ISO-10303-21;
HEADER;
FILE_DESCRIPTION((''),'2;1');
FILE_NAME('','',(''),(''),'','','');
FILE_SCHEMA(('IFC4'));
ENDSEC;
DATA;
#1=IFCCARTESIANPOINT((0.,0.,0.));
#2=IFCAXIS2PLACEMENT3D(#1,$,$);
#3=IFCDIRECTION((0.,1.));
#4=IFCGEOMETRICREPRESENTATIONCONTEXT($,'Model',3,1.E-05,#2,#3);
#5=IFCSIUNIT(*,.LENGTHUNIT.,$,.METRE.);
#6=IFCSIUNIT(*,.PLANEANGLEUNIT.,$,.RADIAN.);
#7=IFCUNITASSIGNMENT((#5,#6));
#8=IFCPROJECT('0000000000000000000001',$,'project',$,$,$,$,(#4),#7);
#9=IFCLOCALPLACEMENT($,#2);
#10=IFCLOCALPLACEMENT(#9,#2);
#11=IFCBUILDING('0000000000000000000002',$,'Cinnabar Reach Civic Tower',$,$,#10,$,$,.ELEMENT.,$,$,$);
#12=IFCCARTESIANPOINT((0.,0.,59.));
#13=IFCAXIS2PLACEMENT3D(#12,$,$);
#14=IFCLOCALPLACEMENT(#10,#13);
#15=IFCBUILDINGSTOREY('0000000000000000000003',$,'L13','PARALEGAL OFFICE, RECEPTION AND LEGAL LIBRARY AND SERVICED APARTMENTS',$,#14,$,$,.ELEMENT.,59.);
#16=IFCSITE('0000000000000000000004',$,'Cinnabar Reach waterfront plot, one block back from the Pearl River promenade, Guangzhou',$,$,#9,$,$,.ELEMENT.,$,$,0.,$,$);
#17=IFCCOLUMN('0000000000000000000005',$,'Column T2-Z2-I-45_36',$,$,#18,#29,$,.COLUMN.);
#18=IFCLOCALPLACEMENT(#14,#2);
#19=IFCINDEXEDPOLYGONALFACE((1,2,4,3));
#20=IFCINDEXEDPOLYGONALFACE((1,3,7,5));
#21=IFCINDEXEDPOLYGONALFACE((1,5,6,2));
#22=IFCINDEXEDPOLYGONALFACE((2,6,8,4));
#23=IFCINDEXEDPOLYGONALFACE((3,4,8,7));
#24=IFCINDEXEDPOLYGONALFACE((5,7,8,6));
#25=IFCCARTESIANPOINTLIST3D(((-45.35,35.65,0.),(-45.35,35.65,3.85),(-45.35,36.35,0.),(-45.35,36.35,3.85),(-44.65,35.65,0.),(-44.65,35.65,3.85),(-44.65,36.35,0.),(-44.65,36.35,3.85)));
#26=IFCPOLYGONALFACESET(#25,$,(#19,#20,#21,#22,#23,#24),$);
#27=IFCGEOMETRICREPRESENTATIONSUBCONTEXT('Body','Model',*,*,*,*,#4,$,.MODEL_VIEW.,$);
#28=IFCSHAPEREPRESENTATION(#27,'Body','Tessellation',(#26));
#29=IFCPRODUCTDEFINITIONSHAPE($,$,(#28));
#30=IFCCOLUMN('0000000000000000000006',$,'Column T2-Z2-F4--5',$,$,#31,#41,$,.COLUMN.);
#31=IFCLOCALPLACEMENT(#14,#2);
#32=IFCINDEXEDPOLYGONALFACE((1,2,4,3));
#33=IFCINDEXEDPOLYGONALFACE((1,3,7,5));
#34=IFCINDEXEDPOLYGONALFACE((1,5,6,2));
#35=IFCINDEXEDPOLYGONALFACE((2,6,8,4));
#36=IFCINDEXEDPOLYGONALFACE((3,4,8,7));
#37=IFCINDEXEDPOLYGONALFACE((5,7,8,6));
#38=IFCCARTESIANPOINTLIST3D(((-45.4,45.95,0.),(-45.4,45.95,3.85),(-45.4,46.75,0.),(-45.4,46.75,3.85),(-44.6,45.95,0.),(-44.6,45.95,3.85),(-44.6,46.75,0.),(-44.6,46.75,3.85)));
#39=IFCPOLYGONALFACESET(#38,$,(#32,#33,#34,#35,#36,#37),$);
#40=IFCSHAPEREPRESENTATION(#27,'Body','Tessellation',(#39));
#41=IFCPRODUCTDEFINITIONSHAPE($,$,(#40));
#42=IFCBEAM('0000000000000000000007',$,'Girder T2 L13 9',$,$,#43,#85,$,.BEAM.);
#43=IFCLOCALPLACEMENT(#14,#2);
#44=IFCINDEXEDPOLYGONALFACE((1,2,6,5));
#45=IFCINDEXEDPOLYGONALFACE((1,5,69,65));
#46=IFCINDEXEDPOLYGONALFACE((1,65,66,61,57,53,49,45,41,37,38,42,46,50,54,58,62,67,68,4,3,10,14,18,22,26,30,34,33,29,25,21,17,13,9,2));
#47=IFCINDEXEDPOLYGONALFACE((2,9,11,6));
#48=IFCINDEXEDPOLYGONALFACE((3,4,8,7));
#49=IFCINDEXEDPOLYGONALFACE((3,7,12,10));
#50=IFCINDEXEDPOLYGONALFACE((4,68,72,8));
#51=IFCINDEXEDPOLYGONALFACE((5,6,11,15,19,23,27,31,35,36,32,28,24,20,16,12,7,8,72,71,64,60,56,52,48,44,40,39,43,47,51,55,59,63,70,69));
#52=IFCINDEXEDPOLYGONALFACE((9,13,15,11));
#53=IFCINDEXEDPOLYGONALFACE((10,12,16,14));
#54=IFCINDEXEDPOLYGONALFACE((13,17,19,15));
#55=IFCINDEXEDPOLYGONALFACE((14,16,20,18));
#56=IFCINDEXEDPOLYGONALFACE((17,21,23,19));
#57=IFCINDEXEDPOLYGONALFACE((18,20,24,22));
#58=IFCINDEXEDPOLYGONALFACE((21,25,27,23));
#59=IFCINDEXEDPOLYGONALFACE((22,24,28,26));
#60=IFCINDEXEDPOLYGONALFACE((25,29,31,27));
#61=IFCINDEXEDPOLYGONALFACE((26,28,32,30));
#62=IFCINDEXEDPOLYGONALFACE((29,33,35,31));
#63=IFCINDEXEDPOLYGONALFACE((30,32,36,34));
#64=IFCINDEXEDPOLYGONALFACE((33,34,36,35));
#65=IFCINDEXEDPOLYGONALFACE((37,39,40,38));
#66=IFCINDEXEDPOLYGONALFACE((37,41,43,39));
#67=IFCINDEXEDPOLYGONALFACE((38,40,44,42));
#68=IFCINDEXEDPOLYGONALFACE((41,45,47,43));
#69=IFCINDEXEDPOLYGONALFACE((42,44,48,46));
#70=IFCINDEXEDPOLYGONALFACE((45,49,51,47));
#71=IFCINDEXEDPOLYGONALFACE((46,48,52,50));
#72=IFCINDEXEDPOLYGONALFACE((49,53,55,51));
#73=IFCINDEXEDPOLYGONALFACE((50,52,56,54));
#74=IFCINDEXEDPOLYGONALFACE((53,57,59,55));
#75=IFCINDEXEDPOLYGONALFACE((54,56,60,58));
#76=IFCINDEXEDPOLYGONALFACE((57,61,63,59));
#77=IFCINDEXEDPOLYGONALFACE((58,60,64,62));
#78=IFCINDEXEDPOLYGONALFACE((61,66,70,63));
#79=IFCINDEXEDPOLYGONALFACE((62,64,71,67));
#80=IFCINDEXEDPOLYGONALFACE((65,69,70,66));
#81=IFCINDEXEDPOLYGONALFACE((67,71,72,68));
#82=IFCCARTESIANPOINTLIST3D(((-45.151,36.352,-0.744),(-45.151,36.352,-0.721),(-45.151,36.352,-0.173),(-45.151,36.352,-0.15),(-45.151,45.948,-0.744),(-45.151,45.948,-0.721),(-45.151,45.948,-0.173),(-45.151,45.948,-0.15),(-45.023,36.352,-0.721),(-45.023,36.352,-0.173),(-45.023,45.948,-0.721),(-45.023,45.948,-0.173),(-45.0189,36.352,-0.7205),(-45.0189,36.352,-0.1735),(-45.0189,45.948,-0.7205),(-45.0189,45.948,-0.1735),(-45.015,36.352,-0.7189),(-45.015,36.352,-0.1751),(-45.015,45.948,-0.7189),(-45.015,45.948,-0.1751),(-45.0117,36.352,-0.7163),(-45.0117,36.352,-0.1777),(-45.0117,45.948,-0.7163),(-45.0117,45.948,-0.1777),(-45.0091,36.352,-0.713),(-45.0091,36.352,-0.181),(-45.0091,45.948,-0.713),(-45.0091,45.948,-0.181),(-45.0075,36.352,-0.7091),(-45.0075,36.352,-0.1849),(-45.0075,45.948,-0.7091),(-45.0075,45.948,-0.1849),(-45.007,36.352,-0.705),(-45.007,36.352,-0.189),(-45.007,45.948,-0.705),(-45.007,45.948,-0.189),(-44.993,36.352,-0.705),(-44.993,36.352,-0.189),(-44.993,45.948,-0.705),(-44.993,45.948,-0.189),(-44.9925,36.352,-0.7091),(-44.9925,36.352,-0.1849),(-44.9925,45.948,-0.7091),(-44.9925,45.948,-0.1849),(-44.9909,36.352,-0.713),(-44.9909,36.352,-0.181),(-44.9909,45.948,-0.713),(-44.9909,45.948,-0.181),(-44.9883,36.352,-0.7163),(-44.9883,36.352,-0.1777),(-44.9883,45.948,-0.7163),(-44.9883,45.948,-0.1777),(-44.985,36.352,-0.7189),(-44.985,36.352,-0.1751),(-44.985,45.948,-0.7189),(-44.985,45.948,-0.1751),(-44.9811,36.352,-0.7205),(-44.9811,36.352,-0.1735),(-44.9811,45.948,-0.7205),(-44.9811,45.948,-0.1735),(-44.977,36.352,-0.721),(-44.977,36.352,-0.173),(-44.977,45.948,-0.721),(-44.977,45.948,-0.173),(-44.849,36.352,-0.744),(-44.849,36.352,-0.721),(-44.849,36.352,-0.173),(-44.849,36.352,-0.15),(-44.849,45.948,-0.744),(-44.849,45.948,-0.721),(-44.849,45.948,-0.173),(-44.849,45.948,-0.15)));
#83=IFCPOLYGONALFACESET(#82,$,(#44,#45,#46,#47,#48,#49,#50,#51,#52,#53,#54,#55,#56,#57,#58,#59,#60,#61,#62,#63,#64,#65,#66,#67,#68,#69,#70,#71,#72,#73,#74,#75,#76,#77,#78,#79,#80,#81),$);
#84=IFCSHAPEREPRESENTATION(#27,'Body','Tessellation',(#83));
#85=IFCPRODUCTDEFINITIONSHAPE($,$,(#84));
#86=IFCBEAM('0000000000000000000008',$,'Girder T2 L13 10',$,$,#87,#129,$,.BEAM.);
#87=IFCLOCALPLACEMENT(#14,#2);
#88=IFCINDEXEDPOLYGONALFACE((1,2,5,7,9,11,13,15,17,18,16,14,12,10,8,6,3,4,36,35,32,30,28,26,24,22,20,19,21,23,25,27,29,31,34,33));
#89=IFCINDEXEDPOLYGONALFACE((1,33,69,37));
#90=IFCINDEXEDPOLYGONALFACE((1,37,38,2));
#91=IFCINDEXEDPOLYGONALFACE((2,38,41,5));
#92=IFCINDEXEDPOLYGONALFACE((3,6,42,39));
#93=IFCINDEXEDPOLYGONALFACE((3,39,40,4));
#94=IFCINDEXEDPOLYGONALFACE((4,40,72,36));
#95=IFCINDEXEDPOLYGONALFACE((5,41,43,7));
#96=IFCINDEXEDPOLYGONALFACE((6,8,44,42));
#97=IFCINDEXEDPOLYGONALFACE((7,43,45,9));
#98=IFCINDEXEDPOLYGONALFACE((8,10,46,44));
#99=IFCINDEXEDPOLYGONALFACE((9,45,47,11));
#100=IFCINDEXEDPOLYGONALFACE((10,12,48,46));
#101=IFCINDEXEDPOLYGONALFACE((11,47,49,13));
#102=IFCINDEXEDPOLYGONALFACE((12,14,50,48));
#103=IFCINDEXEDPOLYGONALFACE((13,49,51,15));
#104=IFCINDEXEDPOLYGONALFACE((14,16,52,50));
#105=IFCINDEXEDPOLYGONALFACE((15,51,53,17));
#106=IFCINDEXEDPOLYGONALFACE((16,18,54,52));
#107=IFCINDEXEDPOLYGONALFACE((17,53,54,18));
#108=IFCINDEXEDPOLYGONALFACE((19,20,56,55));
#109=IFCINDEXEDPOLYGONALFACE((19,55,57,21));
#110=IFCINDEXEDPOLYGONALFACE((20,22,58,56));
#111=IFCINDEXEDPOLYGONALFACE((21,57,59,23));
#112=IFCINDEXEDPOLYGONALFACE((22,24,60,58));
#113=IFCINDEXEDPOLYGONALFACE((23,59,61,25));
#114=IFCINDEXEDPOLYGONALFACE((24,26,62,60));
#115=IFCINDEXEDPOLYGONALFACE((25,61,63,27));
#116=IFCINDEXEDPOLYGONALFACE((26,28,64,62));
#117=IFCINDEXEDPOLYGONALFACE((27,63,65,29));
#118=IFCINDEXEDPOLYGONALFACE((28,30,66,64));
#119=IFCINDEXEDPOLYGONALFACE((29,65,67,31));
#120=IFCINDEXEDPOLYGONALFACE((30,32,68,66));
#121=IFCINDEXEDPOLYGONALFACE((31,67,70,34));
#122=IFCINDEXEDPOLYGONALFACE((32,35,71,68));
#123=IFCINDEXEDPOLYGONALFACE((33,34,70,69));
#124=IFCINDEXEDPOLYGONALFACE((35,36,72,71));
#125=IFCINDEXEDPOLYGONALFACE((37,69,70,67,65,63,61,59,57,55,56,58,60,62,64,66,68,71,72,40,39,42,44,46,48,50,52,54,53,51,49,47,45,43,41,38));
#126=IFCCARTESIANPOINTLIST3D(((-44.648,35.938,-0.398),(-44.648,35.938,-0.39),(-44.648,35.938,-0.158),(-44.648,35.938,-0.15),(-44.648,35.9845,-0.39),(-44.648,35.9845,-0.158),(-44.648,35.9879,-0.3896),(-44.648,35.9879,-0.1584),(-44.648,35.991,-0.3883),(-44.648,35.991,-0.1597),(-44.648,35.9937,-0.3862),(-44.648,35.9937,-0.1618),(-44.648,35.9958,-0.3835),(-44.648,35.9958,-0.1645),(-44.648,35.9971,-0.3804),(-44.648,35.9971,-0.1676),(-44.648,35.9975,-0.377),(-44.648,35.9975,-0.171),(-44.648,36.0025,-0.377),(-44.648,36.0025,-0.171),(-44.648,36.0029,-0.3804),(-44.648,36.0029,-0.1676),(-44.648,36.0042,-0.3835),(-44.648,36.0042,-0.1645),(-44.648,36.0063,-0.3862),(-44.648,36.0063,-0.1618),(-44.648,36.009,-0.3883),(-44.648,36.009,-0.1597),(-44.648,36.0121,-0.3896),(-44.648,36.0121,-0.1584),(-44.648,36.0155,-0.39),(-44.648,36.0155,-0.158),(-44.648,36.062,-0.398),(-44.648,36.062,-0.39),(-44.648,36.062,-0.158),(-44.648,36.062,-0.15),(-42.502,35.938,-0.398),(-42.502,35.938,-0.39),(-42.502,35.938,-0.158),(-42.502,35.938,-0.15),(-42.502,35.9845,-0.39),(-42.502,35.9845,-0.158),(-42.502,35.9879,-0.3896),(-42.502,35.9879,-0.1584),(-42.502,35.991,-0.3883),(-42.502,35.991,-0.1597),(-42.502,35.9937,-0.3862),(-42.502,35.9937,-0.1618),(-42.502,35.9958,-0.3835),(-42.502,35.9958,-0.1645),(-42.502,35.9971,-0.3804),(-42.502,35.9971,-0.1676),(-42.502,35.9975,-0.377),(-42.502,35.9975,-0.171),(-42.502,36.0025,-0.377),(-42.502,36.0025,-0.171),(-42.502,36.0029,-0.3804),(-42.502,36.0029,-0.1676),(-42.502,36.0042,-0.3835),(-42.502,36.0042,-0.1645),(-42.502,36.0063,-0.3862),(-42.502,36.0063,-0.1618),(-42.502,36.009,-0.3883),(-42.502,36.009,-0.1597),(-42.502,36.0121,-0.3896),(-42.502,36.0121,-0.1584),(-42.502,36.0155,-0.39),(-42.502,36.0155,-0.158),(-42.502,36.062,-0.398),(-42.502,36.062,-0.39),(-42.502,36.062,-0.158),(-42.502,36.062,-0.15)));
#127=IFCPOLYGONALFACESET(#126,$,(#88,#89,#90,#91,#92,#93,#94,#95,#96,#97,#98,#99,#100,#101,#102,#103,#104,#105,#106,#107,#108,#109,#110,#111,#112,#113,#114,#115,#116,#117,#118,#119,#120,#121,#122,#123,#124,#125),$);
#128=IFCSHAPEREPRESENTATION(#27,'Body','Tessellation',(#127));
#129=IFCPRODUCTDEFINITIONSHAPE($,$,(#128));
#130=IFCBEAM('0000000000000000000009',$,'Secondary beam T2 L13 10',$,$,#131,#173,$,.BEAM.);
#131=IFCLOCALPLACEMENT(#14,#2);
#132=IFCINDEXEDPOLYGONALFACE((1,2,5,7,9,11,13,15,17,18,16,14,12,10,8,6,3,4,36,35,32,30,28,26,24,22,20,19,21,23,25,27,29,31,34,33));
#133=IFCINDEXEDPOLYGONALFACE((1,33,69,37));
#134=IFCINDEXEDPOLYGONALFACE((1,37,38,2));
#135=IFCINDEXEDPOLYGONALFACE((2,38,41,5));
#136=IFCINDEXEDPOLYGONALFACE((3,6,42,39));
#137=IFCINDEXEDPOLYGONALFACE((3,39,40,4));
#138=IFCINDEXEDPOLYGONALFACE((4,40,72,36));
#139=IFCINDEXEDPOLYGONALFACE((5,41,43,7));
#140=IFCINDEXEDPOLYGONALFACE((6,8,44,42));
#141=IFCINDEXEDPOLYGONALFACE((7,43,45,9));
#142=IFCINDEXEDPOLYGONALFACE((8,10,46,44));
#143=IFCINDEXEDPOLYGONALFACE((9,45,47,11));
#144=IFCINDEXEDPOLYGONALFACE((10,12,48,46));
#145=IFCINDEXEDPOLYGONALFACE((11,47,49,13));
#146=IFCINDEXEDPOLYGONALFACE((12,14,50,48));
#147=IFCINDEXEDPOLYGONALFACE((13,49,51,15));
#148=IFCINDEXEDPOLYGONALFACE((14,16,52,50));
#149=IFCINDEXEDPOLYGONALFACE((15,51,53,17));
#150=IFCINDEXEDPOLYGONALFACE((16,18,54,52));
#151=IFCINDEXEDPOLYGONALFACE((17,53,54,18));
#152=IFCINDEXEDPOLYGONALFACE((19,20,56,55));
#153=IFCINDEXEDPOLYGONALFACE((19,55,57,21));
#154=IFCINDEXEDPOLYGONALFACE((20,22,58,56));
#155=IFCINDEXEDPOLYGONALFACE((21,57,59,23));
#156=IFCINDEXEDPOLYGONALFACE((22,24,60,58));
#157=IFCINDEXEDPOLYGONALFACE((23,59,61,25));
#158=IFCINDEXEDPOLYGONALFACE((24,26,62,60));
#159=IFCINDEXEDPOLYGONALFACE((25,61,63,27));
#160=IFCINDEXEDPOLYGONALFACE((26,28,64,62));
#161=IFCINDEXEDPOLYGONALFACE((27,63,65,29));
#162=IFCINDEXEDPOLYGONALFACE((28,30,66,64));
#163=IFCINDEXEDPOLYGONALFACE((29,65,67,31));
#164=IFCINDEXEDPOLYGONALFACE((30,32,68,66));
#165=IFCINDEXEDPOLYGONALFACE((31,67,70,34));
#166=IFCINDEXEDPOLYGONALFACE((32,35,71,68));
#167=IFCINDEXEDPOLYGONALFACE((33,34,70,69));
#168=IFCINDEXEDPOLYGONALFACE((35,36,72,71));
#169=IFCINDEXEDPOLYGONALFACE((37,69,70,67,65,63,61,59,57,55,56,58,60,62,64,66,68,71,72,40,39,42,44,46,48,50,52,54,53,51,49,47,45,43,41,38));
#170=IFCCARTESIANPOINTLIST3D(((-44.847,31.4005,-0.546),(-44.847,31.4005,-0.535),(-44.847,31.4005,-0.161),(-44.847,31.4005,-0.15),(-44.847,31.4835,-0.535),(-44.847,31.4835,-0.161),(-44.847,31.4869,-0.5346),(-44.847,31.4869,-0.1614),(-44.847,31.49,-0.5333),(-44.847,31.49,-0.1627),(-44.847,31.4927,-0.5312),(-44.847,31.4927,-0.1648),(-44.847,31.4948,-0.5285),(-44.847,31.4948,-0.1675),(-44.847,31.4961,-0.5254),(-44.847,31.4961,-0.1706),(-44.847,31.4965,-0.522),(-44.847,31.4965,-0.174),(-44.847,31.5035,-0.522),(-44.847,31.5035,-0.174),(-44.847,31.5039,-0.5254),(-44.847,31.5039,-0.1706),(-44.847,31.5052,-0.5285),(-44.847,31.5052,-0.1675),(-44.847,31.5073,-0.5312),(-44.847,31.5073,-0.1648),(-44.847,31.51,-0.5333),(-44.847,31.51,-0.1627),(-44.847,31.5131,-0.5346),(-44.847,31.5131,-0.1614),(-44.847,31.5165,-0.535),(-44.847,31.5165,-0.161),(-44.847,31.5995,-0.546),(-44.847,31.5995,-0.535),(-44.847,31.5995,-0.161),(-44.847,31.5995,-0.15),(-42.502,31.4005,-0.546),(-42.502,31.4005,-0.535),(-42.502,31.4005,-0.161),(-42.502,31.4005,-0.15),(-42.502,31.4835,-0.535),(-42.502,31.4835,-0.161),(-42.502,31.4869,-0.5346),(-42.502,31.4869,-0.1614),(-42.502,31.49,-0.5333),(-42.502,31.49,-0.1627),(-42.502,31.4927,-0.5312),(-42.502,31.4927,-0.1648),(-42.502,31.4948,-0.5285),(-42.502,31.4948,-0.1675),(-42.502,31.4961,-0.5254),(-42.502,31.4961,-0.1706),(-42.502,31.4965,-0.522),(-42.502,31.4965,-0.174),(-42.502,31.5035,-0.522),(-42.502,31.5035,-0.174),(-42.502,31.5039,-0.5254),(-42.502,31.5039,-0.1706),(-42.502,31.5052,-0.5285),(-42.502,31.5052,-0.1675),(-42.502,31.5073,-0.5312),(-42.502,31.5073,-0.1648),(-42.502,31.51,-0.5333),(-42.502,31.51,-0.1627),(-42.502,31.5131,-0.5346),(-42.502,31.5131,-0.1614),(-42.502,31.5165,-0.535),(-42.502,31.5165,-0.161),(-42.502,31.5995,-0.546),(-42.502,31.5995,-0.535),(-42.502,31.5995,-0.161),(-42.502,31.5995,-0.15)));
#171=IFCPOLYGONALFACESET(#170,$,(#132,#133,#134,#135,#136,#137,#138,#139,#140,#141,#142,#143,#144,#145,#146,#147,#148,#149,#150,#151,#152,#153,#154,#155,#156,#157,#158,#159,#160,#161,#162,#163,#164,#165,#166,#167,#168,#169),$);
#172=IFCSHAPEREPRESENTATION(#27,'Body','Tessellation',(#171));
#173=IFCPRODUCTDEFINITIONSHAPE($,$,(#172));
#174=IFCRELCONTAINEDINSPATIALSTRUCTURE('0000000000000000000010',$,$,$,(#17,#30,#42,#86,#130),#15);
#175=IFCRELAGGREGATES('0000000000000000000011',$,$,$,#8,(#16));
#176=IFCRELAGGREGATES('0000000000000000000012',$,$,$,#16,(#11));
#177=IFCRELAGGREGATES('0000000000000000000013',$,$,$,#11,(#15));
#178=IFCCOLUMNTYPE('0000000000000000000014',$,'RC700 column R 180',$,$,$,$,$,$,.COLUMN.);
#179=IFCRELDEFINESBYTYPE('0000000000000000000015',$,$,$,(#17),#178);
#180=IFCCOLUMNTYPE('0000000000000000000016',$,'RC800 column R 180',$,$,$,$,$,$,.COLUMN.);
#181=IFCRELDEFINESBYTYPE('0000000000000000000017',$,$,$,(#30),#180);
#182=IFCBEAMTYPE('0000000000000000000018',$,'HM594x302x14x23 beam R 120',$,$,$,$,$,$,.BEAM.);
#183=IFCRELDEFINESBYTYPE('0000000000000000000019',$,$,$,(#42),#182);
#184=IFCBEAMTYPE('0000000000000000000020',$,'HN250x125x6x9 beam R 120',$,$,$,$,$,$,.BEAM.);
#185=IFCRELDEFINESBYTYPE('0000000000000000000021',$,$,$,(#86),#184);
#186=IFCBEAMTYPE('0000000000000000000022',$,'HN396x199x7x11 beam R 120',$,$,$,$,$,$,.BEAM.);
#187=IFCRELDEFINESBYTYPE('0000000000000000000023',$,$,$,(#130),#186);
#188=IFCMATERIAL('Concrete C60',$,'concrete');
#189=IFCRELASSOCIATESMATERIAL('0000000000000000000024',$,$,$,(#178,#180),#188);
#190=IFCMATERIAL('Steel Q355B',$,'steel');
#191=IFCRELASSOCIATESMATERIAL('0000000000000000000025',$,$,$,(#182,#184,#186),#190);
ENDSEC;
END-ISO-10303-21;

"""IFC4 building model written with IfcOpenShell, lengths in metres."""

from ifc_helpers import new_model, si_unit, direction, frame, origin, origin_2d, place, context, subcontext, project, spatial, rectangle, i_section, extrude, material, material_profile, profile_set, type_object, element, save


model = new_model("IFC4")

# Units and contexts
model_context = context("Model", 3, precision=1e-05, world=origin(), true_north=direction((0.0, 1.0)))
body_context = subcontext(model_context, "Body", "Model", "MODEL_VIEW")
ifc_project = project(units=[si_unit("LENGTHUNIT", "METRE"), si_unit("PLANEANGLEUNIT", "RADIAN")], contexts=[model_context])

# Site, building, storey
site_placement = place(None, origin())
site = spatial("IfcSite", under=ifc_project, at=site_placement, Name="Cinnabar Reach waterfront plot, one block back from the Pearl River promenade, Guangzhou", CompositionType="ELEMENT", RefElevation=0.0)
building_placement = place(site_placement, origin())
building = spatial("IfcBuilding", under=site, at=building_placement, Name="Cinnabar Reach Civic Tower", CompositionType="ELEMENT")
storey_placement = place(building_placement, frame((0.0, 0.0, 59.0)))
storey = spatial("IfcBuildingStorey", under=building, at=storey_placement, Name="L13", Description="PARALEGAL OFFICE, RECEPTION AND LEGAL LIBRARY AND SERVICED APARTMENTS", CompositionType="ELEMENT", Elevation=59.0)

# Columns
ifc_material_1 = material(Name="Concrete C60", Category="concrete")
ifc_material_profile_1 = material_profile(ifc_material_1, rectangle(XDim=0.7, YDim=0.7, at=origin_2d()), Name="RC700")
ifc_profile_set_1 = profile_set([ifc_material_profile_1], Name="Concrete C60")
column_type_1 = type_object("IfcColumnType", Name="RC700 column R 180", PredefinedType="COLUMN", material=ifc_profile_set_1)
column_1_placement = place(storey_placement, frame((-45.0, 36.0, 0.0), z_axis=(0.0, 0.0, 1.0), x_axis=(1.0, 0.0, 0.0)))
element("IfcColumn", 1, at=column_1_placement, inside=storey, type_object=column_type_1, Name="Column T2-Z2-I-45_36", PredefinedType="COLUMN", context=body_context, shape_type="SweptSolid", body=[
    extrude(rectangle(XDim=0.7, YDim=0.7, at=origin_2d()), origin(), (0.0, 0.0, 1.0), 3.85),
])
ifc_material_profile_2 = material_profile(ifc_material_1, rectangle(XDim=0.8, YDim=0.8, at=origin_2d()), Name="RC800")
ifc_profile_set_2 = profile_set([ifc_material_profile_2], Name="Concrete C60")
column_type_2 = type_object("IfcColumnType", Name="RC800 column R 180", PredefinedType="COLUMN", material=ifc_profile_set_2)
column_2_placement = place(storey_placement, frame((-45.0, 46.35, 0.0), z_axis=(0.0, 0.0, 1.0), x_axis=(1.0, 0.0, 0.0)))
element("IfcColumn", 2, at=column_2_placement, inside=storey, type_object=column_type_2, Name="Column T2-Z2-F4--5", PredefinedType="COLUMN", context=body_context, shape_type="SweptSolid", body=[
    extrude(rectangle(XDim=0.8, YDim=0.8, at=origin_2d()), origin(), (0.0, 0.0, 1.0), 3.85),
])

# Beams
ifc_material_2 = material(Name="Steel Q355B", Category="steel")
ifc_material_profile_3 = material_profile(ifc_material_2, i_section(OverallWidth=0.302, OverallDepth=0.594, WebThickness=0.014, FlangeThickness=0.023, FilletRadius=0.016, at=origin_2d()), Name="HM594x302x14x23")
ifc_profile_set_3 = profile_set([ifc_material_profile_3], Name="Steel Q355B")
beam_type_1 = type_object("IfcBeamType", Name="HM594x302x14x23 beam R 120", PredefinedType="BEAM", material=ifc_profile_set_3)
beam_1_placement = place(storey_placement, frame((-45.0, 36.352, -0.447), z_axis=(0.0, 1.0, 0.0), x_axis=(-1.0, 0.0, 0.0)))
element("IfcBeam", 3, at=beam_1_placement, inside=storey, type_object=beam_type_1, Name="Girder T2 L13 9", PredefinedType="BEAM", context=body_context, shape_type="SweptSolid", body=[
    extrude(i_section(OverallWidth=0.302, OverallDepth=0.594, WebThickness=0.014, FlangeThickness=0.023, FilletRadius=0.016, at=origin_2d()), origin(), (0.0, 0.0, 1.0), 9.596),
])
ifc_material_profile_4 = material_profile(ifc_material_2, i_section(OverallWidth=0.124, OverallDepth=0.248, WebThickness=0.005, FlangeThickness=0.008, FilletRadius=0.013, at=origin_2d()), Name="HN250x125x6x9")
ifc_profile_set_4 = profile_set([ifc_material_profile_4], Name="Steel Q355B")
beam_type_2 = type_object("IfcBeamType", Name="HN250x125x6x9 beam R 120", PredefinedType="BEAM", material=ifc_profile_set_4)
beam_2_placement = place(storey_placement, frame((-44.648, 36.0, -0.274), z_axis=(1.0, 0.0, 0.0), x_axis=(0.0, 1.0, 0.0)))
element("IfcBeam", 4, at=beam_2_placement, inside=storey, type_object=beam_type_2, Name="Girder T2 L13 10", PredefinedType="BEAM", context=body_context, shape_type="SweptSolid", body=[
    extrude(i_section(OverallWidth=0.124, OverallDepth=0.248, WebThickness=0.005, FlangeThickness=0.008, FilletRadius=0.013, at=origin_2d()), origin(), (0.0, 0.0, 1.0), 2.146),
])
ifc_material_profile_5 = material_profile(ifc_material_2, i_section(OverallWidth=0.199, OverallDepth=0.396, WebThickness=0.007, FlangeThickness=0.011, FilletRadius=0.013, at=origin_2d()), Name="HN396x199x7x11")
ifc_profile_set_5 = profile_set([ifc_material_profile_5], Name="Steel Q355B")
beam_type_3 = type_object("IfcBeamType", Name="HN396x199x7x11 beam R 120", PredefinedType="BEAM", material=ifc_profile_set_5)
for number, where, z_axis, x_axis, name in (
    (5, (-44.847, 31.5, -0.348), (1.0, 0.0, 0.0), (0.0, 1.0, 0.0), "Secondary beam T2 L13 10"),
):
    element("IfcBeam", number, at=place(storey_placement, frame(where, z_axis=z_axis, x_axis=x_axis)), inside=storey, type_object=beam_type_3, Name=name, PredefinedType="BEAM", context=body_context, shape_type="SweptSolid", body=[
        extrude(i_section(OverallWidth=0.199, OverallDepth=0.396, WebThickness=0.007, FlangeThickness=0.011, FilletRadius=0.013, at=origin_2d()), origin(), (0.0, 0.0, 1.0), 2.345),
    ])

save(model, "model.ifc")
